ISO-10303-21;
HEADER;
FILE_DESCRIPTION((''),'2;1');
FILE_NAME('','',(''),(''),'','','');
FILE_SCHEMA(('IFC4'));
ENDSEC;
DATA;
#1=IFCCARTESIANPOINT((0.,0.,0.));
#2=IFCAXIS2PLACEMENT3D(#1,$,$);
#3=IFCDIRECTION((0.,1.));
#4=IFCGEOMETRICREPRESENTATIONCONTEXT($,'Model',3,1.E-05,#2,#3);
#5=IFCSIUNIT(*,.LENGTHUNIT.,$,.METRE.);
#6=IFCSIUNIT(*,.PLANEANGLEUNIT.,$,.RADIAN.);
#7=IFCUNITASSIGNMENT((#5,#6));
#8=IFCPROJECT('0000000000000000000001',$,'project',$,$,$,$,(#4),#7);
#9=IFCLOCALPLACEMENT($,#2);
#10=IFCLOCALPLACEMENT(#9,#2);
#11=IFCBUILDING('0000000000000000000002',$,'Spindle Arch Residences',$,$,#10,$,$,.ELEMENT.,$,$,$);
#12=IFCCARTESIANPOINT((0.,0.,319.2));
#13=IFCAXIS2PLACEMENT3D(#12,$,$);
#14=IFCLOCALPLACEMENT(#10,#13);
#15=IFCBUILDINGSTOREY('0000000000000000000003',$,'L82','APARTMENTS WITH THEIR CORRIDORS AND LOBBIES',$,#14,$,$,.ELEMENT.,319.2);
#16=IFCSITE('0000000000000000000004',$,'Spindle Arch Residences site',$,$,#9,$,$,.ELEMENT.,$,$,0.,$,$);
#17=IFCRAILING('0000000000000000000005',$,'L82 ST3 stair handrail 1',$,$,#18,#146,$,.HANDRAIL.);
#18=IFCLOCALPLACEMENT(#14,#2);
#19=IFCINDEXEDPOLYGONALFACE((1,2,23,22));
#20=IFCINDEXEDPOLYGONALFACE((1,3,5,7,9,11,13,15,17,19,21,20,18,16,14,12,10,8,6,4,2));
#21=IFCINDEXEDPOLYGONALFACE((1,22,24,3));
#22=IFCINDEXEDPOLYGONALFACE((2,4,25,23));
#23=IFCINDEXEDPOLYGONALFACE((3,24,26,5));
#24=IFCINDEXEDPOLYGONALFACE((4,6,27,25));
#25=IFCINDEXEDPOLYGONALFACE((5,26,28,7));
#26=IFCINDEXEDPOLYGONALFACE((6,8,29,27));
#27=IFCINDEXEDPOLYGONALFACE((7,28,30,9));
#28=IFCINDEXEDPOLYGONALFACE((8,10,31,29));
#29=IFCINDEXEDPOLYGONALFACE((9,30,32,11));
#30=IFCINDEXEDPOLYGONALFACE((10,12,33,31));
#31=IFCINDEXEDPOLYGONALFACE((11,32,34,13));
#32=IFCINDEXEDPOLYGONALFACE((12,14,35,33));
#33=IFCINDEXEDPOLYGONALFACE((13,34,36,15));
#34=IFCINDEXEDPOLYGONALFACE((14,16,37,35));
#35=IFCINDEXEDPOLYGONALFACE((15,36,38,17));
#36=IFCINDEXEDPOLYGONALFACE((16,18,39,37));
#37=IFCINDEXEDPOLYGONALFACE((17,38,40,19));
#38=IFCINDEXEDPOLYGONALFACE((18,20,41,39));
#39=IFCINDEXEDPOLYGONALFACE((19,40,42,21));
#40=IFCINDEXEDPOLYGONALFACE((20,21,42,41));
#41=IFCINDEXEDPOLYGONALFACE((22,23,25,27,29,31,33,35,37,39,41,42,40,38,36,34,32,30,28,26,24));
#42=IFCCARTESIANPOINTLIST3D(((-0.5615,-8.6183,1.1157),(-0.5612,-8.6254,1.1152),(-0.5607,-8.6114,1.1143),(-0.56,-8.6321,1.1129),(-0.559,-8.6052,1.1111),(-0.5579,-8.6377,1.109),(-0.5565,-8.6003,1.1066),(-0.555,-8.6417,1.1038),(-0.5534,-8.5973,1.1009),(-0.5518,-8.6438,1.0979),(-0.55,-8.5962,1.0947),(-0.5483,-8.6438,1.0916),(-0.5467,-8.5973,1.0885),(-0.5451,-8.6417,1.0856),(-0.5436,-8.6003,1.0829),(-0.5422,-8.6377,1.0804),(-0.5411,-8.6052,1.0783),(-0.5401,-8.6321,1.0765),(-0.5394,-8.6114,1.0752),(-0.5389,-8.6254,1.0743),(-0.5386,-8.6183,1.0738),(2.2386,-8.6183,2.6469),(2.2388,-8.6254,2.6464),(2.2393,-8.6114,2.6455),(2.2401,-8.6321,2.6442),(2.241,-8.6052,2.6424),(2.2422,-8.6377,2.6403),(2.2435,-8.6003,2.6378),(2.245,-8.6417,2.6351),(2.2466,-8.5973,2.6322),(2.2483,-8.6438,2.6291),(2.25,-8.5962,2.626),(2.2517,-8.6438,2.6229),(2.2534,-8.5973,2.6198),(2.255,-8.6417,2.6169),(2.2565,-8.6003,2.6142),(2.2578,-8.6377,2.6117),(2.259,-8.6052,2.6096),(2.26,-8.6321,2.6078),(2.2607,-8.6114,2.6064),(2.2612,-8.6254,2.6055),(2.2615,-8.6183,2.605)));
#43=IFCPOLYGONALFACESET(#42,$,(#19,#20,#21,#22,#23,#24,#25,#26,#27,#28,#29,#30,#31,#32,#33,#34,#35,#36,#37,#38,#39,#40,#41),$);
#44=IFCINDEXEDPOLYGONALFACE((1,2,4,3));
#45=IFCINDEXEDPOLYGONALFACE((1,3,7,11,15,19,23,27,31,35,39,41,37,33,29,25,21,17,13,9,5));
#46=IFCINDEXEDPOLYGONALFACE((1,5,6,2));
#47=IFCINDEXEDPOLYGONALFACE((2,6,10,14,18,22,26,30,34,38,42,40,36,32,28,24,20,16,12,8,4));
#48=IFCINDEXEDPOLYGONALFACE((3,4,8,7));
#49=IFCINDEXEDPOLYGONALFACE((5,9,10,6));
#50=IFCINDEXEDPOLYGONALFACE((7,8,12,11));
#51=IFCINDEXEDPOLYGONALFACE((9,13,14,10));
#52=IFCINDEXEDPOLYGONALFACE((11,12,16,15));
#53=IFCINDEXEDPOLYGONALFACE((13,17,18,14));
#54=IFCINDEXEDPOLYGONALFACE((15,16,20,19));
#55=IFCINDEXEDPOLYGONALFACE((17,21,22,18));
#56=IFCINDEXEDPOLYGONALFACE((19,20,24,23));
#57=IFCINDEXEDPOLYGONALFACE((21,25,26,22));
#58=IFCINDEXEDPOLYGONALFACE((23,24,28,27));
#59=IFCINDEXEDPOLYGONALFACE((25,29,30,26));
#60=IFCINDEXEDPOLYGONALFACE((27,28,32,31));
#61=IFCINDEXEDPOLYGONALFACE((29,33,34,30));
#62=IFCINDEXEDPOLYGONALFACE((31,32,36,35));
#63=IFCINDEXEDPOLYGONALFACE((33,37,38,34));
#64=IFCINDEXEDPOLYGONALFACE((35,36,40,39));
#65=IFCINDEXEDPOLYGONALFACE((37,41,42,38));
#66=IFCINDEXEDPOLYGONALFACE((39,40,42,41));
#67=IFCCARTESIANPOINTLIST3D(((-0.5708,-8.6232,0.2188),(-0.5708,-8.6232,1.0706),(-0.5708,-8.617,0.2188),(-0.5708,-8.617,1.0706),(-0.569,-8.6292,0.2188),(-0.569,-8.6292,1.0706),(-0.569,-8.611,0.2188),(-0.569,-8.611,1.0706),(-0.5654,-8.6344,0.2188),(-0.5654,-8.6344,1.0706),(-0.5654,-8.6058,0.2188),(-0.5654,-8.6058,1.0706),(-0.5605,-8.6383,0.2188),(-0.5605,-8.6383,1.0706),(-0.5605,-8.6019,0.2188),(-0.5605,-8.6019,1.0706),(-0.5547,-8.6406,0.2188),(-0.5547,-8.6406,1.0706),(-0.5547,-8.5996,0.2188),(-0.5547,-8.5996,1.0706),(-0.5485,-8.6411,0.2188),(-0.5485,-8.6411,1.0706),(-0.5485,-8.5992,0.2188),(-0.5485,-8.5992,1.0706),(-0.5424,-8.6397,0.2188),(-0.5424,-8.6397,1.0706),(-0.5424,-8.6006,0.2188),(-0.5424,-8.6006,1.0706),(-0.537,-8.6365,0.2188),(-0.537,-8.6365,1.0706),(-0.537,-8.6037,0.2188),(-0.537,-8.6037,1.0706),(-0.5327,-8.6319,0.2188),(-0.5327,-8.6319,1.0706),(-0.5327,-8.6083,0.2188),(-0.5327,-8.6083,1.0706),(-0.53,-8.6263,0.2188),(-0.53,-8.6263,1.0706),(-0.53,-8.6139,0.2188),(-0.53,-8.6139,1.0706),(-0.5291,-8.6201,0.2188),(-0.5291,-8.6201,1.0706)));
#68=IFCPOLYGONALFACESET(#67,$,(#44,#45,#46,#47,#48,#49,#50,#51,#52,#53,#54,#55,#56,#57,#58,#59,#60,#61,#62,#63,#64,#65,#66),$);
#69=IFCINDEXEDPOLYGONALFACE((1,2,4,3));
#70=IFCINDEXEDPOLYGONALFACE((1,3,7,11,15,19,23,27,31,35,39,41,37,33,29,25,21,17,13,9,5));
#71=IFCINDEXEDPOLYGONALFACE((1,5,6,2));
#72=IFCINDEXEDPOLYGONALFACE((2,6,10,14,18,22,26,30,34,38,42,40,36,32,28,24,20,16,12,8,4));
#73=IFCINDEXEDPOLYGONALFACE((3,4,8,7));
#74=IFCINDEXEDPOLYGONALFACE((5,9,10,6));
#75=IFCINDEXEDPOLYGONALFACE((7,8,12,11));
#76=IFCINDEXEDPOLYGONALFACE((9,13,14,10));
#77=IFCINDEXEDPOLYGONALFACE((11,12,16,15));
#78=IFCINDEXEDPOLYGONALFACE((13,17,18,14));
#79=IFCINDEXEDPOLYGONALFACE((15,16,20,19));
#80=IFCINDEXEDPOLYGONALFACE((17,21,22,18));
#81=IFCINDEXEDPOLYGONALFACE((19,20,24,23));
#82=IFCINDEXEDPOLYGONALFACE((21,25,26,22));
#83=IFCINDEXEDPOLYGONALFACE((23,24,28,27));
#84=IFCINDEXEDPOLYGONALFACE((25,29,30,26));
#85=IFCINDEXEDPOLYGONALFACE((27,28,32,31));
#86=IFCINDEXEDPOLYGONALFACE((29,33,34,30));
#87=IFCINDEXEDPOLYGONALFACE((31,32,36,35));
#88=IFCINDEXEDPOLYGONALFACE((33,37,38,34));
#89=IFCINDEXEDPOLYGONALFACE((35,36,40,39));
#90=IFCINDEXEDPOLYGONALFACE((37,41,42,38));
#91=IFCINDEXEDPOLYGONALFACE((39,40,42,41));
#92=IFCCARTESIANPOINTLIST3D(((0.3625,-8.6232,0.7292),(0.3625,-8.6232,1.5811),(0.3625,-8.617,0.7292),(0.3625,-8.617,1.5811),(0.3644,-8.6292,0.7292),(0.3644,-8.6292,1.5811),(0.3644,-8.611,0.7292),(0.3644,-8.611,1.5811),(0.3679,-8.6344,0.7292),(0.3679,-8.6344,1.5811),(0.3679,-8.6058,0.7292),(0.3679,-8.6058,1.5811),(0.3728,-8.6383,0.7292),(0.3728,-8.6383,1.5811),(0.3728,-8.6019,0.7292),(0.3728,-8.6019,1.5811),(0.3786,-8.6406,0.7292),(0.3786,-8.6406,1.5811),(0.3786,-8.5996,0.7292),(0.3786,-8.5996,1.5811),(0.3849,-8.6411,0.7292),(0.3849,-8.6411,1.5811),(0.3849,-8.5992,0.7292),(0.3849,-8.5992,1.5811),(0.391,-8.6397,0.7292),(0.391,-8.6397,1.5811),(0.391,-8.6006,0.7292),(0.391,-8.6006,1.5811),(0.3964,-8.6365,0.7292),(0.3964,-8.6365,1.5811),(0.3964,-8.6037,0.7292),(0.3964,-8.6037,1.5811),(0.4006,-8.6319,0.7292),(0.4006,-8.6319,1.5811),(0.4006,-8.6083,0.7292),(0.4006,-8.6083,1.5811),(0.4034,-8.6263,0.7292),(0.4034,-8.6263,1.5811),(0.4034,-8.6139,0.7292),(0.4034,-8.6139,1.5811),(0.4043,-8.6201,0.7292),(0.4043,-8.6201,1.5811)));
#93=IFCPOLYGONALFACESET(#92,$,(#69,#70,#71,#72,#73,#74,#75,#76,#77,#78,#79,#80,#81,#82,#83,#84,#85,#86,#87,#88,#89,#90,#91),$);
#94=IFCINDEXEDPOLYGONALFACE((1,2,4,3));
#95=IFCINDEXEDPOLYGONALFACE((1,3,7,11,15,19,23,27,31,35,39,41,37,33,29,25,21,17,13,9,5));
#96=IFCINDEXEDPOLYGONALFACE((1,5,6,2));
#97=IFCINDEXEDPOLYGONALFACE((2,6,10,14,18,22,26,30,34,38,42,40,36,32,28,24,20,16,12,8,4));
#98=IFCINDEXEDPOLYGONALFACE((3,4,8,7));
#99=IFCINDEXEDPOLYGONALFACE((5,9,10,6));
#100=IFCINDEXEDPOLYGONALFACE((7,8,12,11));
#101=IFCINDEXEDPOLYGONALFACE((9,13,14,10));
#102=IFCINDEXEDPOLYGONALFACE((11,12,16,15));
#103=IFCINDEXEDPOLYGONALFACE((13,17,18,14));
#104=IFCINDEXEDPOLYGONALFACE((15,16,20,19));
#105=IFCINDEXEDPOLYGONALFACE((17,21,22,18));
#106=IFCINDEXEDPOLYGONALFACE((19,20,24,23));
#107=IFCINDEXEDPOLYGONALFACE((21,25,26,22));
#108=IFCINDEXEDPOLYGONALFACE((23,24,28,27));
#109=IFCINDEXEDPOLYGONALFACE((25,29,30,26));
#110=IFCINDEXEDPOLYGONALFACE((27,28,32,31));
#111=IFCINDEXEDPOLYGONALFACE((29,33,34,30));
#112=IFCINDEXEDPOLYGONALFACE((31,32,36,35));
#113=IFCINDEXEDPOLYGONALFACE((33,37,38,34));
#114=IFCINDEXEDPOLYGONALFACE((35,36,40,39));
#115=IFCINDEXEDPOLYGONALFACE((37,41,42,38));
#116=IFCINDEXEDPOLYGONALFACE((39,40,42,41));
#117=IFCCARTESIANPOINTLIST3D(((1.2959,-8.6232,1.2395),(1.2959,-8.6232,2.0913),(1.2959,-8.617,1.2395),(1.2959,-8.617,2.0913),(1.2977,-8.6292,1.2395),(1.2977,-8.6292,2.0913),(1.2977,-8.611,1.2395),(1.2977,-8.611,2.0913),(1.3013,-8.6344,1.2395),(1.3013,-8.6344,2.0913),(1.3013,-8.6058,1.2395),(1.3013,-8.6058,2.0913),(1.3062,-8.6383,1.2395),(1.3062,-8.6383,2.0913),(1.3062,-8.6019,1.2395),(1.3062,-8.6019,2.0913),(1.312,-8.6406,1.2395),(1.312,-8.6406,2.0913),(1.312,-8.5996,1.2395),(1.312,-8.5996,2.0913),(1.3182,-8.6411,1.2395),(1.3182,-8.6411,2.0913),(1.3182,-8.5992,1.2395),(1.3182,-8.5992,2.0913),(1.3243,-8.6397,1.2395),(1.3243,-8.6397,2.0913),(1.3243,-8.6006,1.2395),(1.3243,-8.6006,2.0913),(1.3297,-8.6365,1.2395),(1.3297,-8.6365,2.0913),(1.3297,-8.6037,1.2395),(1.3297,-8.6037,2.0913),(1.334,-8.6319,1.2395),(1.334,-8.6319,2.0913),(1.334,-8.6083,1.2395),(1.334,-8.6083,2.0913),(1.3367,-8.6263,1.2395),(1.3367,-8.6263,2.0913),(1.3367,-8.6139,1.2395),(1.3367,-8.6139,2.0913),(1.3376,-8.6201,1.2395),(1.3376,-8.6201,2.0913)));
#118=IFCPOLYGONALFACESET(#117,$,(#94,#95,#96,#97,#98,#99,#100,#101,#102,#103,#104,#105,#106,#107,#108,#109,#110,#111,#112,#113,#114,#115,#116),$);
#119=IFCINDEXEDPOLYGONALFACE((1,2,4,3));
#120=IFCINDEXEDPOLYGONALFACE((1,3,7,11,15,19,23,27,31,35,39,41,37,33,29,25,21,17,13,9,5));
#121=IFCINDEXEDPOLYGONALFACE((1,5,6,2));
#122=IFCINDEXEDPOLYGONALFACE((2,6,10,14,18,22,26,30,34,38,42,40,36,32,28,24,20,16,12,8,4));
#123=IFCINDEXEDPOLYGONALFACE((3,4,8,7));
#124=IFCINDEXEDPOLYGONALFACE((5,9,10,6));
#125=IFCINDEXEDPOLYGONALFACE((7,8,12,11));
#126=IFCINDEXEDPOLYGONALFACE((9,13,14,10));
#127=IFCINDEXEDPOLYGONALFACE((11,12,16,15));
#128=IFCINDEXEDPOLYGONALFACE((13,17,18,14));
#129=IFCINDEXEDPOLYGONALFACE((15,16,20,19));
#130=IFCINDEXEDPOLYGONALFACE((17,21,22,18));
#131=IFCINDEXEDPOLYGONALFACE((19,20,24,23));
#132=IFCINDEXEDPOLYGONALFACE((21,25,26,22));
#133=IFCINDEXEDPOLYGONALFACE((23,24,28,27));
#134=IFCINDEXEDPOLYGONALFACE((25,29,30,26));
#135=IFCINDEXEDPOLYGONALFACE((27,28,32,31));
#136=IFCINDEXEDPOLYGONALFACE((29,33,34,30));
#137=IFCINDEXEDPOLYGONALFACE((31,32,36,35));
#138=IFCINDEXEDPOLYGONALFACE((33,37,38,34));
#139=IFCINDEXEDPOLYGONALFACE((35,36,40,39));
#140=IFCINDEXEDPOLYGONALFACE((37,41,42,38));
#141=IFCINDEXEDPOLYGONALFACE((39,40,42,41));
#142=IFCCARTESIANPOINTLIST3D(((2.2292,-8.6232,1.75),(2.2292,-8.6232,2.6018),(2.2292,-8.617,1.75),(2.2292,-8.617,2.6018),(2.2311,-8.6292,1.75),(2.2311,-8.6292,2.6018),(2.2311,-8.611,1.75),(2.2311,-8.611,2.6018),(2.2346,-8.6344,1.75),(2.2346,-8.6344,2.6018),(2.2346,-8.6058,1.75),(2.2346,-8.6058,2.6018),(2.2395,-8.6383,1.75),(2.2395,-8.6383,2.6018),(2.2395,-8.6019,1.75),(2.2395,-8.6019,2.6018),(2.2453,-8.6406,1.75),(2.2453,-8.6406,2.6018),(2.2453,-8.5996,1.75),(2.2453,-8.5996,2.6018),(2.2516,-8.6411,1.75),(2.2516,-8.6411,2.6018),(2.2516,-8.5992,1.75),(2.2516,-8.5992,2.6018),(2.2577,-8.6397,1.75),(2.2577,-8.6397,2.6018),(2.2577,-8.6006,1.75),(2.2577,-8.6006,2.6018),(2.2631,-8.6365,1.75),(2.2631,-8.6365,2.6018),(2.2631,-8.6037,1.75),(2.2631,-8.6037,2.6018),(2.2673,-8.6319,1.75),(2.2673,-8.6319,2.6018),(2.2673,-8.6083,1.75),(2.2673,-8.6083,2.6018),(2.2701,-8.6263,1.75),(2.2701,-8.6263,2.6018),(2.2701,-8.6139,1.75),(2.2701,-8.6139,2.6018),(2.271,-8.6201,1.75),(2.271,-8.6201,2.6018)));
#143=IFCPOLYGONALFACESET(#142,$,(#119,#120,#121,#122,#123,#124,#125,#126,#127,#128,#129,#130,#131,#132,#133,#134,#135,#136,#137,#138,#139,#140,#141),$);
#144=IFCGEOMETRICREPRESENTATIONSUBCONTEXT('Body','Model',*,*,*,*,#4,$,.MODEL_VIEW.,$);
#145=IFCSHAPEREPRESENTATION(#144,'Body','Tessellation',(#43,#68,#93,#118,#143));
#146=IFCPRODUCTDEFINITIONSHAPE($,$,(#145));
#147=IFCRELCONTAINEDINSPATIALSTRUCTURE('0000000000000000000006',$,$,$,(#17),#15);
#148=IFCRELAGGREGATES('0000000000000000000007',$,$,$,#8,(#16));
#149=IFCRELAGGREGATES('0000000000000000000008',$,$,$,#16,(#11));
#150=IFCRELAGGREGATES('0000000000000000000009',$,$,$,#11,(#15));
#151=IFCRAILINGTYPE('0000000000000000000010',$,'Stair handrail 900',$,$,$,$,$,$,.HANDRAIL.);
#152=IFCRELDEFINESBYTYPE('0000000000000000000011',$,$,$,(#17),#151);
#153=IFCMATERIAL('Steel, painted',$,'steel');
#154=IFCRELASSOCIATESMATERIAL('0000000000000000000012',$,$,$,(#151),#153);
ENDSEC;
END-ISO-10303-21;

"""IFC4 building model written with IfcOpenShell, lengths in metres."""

from ifc_helpers import new_model, si_unit, direction, frame, origin, origin_2d, place, context, subcontext, project, spatial, circle, extrude, material, type_object, element, save


model = new_model("IFC4")

# Units and contexts
model_context = context("Model", 3, precision=1e-05, world=origin(), true_north=direction((0.0, 1.0)))
body_context = subcontext(model_context, "Body", "Model", "MODEL_VIEW")
ifc_project = project(units=[si_unit("LENGTHUNIT", "METRE"), si_unit("PLANEANGLEUNIT", "RADIAN")], contexts=[model_context])

# Site, building, storey
site_placement = place(None, origin())
site = spatial("IfcSite", under=ifc_project, at=site_placement, Name="Spindle Arch Residences site", CompositionType="ELEMENT", RefElevation=0.0)
building_placement = place(site_placement, origin())
building = spatial("IfcBuilding", under=site, at=building_placement, Name="Spindle Arch Residences", CompositionType="ELEMENT")
storey_placement = place(building_placement, frame((0.0, 0.0, 319.2)))
storey = spatial("IfcBuildingStorey", under=building, at=storey_placement, Name="L82", Description="APARTMENTS WITH THEIR CORRIDORS AND LOBBIES", CompositionType="ELEMENT", Elevation=319.2)

# Railing
ifc_material_1 = material(Name="Steel, painted", Category="steel")
railing_type_1 = type_object("IfcRailingType", Name="Stair handrail 900", PredefinedType="HANDRAIL", material=ifc_material_1)
railing_1_placement = place(storey_placement, frame((-0.55, -8.6201, 0.2188)))
element("IfcRailing", 1, at=railing_1_placement, inside=storey, type_object=railing_type_1, Name="L82 ST3 stair handrail 1", PredefinedType="HANDRAIL", context=body_context, shape_type="SweptSolid", body=[
    extrude(circle(Radius=0.0239, at=origin_2d()), frame((0.0, 0.0, 0.876), z_axis=(0.877375, 0.0, 0.479806), x_axis=(0.0, 1.0, 0.0)), (0.0, 0.0, 1.0), 3.1914),
    extrude(circle(Radius=0.021, at=origin_2d()), origin(), (0.0, 0.0, 1.0), 0.8518),
    extrude(circle(Radius=0.021, at=origin_2d()), frame((0.9333, 0.0, 0.5105)), (0.0, 0.0, 1.0), 0.8518),
    extrude(circle(Radius=0.021, at=origin_2d()), frame((1.8667, 0.0, 1.0208)), (0.0, 0.0, 1.0), 0.8518),
    extrude(circle(Radius=0.021, at=origin_2d()), frame((2.8, 0.0, 1.5312)), (0.0, 0.0, 1.0), 0.8518),
])

save(model, "model.ifc")
